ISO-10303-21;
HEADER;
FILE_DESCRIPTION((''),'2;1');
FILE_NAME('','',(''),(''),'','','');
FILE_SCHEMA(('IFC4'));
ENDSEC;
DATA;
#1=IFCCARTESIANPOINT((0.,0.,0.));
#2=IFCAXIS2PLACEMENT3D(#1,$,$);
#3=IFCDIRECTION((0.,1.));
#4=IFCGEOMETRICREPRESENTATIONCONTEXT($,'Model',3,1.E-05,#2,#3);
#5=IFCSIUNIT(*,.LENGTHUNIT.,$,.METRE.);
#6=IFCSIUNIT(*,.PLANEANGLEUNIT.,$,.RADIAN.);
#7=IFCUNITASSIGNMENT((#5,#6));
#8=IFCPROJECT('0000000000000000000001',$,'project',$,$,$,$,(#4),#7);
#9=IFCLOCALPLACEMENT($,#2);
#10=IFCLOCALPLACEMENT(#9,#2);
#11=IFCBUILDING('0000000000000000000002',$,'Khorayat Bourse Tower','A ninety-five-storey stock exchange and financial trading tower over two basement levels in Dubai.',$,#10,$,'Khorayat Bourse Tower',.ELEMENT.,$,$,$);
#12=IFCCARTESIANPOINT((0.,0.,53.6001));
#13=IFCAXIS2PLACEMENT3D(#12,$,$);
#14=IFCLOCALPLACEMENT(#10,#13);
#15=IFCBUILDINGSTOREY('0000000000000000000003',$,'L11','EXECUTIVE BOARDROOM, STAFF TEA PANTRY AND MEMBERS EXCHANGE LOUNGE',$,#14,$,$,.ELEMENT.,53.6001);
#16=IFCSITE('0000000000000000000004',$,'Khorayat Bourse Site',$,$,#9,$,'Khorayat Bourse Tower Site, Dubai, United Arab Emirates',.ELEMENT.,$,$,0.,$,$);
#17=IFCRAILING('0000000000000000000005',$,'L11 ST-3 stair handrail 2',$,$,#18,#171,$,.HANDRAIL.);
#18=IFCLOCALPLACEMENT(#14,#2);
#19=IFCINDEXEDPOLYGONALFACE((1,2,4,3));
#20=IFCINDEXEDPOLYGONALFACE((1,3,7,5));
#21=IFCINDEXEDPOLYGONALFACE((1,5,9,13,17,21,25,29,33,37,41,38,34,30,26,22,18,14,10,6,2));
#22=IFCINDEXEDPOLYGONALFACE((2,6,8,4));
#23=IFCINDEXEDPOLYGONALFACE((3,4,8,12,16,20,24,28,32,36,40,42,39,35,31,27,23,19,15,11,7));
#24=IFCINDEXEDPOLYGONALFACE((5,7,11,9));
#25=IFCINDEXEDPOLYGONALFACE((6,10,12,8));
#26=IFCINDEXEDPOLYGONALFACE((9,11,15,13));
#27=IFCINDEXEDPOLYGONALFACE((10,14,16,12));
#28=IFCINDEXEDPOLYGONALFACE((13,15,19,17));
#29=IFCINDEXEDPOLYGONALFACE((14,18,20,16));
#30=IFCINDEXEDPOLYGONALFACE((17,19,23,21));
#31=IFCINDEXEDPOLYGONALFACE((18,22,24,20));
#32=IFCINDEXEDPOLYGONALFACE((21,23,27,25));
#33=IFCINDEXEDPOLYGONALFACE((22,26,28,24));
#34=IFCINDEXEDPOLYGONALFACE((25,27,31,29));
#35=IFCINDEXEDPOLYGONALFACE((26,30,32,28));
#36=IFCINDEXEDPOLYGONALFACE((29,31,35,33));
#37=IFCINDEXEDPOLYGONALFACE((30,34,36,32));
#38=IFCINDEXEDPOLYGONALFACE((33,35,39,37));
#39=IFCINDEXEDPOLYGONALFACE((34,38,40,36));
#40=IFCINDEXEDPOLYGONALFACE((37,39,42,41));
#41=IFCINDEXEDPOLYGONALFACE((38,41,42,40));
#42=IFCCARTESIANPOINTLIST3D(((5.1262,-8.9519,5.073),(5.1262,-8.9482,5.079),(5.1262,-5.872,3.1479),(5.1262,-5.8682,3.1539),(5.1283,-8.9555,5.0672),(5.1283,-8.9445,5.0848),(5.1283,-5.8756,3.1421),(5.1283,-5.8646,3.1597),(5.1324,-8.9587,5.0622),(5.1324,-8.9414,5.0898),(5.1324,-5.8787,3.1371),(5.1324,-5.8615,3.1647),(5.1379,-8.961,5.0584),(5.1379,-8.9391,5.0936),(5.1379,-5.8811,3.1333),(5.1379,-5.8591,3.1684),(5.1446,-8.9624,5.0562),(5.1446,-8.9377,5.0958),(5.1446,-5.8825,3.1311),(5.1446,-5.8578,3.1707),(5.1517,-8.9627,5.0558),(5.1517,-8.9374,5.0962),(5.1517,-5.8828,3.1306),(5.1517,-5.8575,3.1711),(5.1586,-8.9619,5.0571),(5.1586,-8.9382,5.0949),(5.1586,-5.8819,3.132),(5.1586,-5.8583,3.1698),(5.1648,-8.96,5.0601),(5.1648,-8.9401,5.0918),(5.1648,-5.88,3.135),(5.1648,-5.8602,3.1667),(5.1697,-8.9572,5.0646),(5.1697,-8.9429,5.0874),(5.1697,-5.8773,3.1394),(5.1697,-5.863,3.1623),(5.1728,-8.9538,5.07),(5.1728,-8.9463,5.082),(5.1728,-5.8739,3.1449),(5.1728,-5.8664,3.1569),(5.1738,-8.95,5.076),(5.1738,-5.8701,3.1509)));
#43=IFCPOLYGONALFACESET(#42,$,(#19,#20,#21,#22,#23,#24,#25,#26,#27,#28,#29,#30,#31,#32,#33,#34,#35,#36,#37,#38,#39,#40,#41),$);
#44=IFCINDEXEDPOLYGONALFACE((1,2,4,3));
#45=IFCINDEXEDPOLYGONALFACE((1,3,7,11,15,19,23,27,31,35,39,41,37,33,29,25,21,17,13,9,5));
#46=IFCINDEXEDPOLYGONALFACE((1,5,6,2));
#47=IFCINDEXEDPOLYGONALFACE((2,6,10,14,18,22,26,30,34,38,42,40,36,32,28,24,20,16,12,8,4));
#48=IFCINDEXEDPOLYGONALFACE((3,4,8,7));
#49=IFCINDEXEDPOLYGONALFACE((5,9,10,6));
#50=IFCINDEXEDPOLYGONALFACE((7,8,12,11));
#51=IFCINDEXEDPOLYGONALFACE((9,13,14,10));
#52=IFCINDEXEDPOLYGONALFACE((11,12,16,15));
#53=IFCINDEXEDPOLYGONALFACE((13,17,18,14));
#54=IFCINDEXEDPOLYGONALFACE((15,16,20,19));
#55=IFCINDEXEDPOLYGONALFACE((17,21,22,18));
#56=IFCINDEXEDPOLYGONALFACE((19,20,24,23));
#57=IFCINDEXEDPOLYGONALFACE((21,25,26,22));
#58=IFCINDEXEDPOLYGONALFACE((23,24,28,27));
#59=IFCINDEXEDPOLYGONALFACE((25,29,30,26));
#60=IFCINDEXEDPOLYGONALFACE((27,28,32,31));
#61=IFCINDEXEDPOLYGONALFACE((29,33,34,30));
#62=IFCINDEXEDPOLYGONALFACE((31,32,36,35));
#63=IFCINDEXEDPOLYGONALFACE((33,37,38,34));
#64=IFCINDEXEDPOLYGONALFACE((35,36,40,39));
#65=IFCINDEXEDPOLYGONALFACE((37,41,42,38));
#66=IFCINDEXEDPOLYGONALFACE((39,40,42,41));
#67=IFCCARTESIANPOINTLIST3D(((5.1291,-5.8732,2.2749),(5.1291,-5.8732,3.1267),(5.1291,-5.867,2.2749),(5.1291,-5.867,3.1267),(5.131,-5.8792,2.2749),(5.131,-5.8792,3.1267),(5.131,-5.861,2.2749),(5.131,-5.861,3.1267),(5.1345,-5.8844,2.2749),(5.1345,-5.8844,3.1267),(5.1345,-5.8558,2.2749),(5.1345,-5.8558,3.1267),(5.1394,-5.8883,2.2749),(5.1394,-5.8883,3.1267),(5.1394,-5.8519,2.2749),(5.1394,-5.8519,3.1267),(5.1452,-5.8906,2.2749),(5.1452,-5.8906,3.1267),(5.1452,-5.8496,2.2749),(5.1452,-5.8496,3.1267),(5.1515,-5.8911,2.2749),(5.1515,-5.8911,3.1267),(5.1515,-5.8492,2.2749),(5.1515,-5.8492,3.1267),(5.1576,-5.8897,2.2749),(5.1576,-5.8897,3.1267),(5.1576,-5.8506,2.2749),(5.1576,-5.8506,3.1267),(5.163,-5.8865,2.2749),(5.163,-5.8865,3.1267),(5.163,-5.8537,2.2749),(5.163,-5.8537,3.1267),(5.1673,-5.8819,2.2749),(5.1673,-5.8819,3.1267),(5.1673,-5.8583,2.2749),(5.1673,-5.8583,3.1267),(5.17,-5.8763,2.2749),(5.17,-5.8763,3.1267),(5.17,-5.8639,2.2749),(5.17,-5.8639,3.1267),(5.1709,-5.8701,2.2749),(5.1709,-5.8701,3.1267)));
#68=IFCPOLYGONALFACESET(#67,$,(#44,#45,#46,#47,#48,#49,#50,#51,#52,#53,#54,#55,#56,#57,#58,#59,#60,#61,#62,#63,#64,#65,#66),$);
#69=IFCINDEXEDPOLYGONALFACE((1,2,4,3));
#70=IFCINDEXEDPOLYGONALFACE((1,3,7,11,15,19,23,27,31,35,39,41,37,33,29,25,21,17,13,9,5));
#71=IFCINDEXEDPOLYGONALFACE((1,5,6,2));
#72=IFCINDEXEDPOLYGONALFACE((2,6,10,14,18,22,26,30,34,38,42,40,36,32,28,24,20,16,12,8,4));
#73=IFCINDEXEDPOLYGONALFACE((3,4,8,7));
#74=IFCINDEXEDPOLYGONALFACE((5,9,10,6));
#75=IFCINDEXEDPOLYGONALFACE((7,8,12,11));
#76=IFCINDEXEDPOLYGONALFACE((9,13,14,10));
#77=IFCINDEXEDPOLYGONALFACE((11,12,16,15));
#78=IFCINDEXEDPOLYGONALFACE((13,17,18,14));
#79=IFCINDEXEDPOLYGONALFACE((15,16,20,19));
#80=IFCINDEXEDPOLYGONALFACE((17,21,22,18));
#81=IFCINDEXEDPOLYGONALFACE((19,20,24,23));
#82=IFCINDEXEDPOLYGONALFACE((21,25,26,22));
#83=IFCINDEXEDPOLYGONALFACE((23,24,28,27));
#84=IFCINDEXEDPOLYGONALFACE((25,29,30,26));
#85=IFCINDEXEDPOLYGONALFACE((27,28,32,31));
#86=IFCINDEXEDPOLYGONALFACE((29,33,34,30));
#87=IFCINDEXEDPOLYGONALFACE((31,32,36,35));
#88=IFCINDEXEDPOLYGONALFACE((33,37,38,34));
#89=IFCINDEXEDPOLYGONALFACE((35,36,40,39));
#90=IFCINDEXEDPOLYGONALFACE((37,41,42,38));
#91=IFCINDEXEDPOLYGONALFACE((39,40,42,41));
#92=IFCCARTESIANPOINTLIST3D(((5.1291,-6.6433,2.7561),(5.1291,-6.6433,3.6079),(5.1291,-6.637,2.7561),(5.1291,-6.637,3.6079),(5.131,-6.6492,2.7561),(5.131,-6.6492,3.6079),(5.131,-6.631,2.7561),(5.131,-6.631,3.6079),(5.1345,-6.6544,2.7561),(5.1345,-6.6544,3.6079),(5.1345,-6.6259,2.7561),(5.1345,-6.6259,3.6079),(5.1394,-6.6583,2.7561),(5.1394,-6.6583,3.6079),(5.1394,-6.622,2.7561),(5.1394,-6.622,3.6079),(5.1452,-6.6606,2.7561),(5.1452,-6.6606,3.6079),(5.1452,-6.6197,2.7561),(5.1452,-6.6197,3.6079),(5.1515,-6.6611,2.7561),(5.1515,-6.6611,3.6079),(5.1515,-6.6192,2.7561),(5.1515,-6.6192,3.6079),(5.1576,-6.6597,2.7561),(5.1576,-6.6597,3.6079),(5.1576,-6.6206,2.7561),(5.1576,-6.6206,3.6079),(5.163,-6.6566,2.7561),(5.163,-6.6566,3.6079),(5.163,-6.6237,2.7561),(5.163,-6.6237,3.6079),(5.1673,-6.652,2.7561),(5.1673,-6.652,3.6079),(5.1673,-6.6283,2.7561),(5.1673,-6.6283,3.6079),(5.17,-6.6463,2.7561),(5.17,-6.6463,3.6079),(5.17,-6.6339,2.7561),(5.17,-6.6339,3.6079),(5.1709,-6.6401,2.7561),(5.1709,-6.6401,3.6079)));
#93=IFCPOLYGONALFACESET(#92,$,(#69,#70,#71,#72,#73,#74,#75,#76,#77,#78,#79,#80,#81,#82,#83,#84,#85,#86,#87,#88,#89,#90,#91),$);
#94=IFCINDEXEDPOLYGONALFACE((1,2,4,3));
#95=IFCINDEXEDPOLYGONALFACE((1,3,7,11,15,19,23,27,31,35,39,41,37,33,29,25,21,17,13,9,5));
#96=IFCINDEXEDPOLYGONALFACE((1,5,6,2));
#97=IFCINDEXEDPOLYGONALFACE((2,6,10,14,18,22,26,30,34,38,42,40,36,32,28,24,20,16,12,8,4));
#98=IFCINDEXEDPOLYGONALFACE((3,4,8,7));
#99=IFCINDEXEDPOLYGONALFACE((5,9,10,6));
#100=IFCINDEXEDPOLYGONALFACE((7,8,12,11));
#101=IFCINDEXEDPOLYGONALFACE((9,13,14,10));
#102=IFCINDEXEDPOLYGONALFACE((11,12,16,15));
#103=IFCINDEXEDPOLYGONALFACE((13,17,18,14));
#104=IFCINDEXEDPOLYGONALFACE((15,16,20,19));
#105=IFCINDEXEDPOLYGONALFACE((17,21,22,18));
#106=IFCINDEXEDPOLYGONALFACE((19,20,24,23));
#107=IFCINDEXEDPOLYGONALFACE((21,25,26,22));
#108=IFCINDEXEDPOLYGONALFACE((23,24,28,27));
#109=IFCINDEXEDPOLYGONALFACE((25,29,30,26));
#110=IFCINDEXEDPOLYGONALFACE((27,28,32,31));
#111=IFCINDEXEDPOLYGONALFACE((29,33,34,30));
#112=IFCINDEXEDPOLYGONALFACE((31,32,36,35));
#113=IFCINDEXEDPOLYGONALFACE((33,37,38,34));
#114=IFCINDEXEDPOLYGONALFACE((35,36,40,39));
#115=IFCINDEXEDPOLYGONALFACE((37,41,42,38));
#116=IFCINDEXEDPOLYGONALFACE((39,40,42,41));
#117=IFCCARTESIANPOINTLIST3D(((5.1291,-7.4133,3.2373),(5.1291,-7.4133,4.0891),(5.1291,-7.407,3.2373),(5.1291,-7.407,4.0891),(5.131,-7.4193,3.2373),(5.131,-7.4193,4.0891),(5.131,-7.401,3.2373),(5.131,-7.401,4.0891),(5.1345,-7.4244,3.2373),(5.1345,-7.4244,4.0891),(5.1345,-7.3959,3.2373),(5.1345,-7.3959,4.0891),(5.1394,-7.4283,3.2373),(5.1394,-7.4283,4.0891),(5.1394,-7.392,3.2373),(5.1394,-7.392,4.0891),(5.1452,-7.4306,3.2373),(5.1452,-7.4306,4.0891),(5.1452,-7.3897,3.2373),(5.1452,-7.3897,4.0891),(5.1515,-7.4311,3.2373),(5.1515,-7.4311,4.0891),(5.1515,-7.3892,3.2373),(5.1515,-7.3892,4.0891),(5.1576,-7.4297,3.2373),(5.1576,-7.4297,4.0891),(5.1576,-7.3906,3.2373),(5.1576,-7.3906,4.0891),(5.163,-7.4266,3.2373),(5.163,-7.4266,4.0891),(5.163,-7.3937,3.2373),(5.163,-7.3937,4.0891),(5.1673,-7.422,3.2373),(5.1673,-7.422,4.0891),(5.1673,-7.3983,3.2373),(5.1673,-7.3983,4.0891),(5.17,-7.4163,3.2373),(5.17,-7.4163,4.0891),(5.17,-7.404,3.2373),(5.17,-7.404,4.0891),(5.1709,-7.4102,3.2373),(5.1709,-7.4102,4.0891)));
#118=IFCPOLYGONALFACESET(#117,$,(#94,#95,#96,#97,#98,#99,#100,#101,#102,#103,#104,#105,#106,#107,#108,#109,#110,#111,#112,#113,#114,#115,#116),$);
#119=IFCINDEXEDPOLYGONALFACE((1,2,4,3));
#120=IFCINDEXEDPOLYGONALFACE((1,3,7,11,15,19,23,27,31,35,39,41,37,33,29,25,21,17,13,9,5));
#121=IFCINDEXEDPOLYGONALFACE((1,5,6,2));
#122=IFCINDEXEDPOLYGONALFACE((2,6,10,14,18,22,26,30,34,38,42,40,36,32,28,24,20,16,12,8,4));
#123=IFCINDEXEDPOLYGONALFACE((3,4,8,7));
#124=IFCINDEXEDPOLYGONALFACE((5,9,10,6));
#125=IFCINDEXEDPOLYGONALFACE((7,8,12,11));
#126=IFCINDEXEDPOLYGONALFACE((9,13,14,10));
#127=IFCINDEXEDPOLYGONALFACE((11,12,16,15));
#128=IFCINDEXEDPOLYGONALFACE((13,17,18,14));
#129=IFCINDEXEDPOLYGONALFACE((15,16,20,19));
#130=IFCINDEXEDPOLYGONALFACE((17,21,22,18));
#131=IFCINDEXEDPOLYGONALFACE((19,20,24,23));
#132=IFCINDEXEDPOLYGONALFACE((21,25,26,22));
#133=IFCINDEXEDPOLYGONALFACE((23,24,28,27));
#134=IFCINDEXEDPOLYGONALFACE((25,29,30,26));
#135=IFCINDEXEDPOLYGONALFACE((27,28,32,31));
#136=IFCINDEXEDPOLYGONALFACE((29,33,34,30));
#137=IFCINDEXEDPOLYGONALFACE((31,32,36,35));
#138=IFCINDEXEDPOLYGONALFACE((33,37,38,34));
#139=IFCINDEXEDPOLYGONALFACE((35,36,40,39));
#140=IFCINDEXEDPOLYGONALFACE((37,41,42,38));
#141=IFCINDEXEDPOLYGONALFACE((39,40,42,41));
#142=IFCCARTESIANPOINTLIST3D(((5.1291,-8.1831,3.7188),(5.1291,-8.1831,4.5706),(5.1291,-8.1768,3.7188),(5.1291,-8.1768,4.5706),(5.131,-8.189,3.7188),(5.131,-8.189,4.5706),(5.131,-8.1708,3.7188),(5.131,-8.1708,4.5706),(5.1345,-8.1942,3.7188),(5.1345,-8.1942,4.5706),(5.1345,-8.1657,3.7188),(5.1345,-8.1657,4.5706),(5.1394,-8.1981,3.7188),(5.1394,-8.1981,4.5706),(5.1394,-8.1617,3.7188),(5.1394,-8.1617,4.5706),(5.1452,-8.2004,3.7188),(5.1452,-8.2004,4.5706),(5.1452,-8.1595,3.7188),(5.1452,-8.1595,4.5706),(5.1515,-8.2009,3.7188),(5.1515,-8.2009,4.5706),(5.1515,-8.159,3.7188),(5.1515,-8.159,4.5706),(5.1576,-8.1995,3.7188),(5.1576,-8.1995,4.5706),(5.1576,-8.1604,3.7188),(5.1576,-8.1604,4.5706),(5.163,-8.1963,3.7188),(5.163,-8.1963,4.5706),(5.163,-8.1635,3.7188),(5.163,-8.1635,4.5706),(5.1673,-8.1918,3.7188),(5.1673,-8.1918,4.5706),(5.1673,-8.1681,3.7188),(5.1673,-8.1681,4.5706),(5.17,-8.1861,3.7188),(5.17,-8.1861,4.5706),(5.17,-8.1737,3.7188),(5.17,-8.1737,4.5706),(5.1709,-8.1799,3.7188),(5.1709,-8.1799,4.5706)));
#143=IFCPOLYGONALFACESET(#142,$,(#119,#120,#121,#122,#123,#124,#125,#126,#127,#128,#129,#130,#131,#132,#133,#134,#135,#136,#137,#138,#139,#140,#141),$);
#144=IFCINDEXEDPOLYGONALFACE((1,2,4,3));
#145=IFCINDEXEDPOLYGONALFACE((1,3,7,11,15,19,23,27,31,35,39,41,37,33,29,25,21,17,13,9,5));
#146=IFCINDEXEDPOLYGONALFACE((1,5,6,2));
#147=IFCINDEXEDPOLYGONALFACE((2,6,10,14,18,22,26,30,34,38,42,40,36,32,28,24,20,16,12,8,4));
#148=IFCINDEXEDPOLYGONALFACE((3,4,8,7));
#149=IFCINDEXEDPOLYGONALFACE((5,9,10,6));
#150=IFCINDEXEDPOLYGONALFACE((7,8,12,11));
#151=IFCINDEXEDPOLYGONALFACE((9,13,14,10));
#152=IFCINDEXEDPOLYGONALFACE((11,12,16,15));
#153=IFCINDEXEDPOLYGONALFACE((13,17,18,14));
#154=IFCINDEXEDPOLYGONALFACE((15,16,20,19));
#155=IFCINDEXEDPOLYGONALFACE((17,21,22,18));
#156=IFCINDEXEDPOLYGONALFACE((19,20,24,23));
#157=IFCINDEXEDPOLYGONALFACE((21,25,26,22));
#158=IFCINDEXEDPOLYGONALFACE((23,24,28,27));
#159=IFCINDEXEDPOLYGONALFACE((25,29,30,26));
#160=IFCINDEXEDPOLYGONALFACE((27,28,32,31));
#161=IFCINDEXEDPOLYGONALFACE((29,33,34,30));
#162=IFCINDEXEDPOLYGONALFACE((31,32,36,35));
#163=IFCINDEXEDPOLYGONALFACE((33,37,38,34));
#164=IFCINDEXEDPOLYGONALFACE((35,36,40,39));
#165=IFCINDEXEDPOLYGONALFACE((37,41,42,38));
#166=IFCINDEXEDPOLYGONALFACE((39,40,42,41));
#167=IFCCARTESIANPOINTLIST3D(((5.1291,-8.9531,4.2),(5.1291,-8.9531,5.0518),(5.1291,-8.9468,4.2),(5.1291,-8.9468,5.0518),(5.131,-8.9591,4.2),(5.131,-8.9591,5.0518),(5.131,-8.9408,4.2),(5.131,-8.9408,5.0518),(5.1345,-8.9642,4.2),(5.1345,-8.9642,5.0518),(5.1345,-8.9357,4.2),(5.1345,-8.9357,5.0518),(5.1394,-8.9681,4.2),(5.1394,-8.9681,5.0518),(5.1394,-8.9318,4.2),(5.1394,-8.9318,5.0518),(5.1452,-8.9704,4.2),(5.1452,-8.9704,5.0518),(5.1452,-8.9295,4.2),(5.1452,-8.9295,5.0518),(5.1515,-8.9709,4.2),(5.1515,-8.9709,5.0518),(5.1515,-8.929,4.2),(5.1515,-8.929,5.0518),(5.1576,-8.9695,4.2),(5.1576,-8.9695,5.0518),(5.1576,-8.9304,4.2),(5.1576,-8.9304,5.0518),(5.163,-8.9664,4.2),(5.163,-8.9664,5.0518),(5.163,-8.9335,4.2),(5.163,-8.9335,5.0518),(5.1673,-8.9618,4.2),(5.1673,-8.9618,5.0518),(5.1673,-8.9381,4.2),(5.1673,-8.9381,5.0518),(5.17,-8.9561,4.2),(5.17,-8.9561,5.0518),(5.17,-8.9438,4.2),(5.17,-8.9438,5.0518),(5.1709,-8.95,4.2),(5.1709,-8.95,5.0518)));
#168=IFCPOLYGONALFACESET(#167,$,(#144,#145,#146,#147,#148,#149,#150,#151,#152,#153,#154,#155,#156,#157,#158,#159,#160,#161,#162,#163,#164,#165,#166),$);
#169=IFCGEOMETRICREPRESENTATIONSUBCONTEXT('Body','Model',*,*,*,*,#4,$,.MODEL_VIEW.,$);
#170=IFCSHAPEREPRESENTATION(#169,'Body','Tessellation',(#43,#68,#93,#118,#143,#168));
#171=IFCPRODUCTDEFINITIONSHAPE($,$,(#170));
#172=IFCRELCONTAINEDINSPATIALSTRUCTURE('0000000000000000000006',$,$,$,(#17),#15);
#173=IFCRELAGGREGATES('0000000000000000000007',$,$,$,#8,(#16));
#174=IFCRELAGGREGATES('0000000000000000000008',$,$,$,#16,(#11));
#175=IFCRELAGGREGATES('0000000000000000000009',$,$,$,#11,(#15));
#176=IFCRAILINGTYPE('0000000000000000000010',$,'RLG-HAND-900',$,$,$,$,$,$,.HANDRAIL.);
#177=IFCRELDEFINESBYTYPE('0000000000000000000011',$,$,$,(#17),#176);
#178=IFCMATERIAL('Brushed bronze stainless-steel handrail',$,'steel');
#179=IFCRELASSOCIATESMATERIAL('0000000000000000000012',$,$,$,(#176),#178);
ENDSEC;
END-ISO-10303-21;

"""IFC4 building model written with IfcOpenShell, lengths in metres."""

from ifc_helpers import new_model, si_unit, direction, frame, origin, origin_2d, place, context, subcontext, project, spatial, circle, extrude, source, transform, mapped, material, type_object, element, save


model = new_model("IFC4")

# Units and contexts
model_context = context("Model", 3, precision=1e-05, world=origin(), true_north=direction((0.0, 1.0)))
body_context = subcontext(model_context, "Body", "Model", "MODEL_VIEW")
ifc_project = project(units=[si_unit("LENGTHUNIT", "METRE"), si_unit("PLANEANGLEUNIT", "RADIAN")], contexts=[model_context])

# Site, building, storey
site_placement = place(None, origin())
site = spatial("IfcSite", under=ifc_project, at=site_placement, Name="Khorayat Bourse Site", LongName="Khorayat Bourse Tower Site, Dubai, United Arab Emirates", CompositionType="ELEMENT", RefElevation=0.0)
building_placement = place(site_placement, origin())
building = spatial("IfcBuilding", under=site, at=building_placement, Name="Khorayat Bourse Tower", Description="A ninety-five-storey stock exchange and financial trading tower over two basement levels in Dubai.", LongName="Khorayat Bourse Tower", CompositionType="ELEMENT")
storey_placement = place(building_placement, frame((0.0, 0.0, 53.6001)))
storey = spatial("IfcBuildingStorey", under=building, at=storey_placement, Name="L11", Description="EXECUTIVE BOARDROOM, STAFF TEA PANTRY AND MEMBERS EXCHANGE LOUNGE", CompositionType="ELEMENT", Elevation=53.6001)

# Railing
ifc_material_1 = material(Name="Brushed bronze stainless-steel handrail", Category="steel")
railing_type_1 = type_object("IfcRailingType", Name="RLG-HAND-900", PredefinedType="HANDRAIL", material=ifc_material_1)
shared_shape_1 = source(origin(), body_context, "Body", "SweptSolid", [
    extrude(circle(Radius=0.0239, at=origin_2d()), frame((0.0, 0.0, 0.876), z_axis=(0.0, -0.847979, 0.530029), x_axis=(1.0, 0.0, 0.0)), (0.0, 0.0, 1.0), 3.6321),
    extrude(circle(Radius=0.021, at=origin_2d()), origin(), (0.0, 0.0, 1.0), 0.8518),
    extrude(circle(Radius=0.021, at=origin_2d()), frame((0.0, -0.77, 0.4812)), (0.0, 0.0, 1.0), 0.8518),
    extrude(circle(Radius=0.021, at=origin_2d()), frame((0.0, -1.54, 0.9624)), (0.0, 0.0, 1.0), 0.8518),
    extrude(circle(Radius=0.021, at=origin_2d()), frame((0.0, -2.3098, 1.4438)), (0.0, 0.0, 1.0), 0.8518),
    extrude(circle(Radius=0.021, at=origin_2d()), frame((0.0, -3.0798, 1.925)), (0.0, 0.0, 1.0), 0.8518),
])
railing_1_placement = place(storey_placement, frame((5.1499, -5.8701, 2.2749)))
element("IfcRailing", 1, at=railing_1_placement, inside=storey, type_object=railing_type_1, Name="L11 ST-3 stair handrail 2", PredefinedType="HANDRAIL", context=body_context, shape_type="MappedRepresentation", body=[
    mapped(shared_shape_1, transform((0.0, 0.0, 0.0), scale=1.0)),
])

save(model, "model.ifc")
